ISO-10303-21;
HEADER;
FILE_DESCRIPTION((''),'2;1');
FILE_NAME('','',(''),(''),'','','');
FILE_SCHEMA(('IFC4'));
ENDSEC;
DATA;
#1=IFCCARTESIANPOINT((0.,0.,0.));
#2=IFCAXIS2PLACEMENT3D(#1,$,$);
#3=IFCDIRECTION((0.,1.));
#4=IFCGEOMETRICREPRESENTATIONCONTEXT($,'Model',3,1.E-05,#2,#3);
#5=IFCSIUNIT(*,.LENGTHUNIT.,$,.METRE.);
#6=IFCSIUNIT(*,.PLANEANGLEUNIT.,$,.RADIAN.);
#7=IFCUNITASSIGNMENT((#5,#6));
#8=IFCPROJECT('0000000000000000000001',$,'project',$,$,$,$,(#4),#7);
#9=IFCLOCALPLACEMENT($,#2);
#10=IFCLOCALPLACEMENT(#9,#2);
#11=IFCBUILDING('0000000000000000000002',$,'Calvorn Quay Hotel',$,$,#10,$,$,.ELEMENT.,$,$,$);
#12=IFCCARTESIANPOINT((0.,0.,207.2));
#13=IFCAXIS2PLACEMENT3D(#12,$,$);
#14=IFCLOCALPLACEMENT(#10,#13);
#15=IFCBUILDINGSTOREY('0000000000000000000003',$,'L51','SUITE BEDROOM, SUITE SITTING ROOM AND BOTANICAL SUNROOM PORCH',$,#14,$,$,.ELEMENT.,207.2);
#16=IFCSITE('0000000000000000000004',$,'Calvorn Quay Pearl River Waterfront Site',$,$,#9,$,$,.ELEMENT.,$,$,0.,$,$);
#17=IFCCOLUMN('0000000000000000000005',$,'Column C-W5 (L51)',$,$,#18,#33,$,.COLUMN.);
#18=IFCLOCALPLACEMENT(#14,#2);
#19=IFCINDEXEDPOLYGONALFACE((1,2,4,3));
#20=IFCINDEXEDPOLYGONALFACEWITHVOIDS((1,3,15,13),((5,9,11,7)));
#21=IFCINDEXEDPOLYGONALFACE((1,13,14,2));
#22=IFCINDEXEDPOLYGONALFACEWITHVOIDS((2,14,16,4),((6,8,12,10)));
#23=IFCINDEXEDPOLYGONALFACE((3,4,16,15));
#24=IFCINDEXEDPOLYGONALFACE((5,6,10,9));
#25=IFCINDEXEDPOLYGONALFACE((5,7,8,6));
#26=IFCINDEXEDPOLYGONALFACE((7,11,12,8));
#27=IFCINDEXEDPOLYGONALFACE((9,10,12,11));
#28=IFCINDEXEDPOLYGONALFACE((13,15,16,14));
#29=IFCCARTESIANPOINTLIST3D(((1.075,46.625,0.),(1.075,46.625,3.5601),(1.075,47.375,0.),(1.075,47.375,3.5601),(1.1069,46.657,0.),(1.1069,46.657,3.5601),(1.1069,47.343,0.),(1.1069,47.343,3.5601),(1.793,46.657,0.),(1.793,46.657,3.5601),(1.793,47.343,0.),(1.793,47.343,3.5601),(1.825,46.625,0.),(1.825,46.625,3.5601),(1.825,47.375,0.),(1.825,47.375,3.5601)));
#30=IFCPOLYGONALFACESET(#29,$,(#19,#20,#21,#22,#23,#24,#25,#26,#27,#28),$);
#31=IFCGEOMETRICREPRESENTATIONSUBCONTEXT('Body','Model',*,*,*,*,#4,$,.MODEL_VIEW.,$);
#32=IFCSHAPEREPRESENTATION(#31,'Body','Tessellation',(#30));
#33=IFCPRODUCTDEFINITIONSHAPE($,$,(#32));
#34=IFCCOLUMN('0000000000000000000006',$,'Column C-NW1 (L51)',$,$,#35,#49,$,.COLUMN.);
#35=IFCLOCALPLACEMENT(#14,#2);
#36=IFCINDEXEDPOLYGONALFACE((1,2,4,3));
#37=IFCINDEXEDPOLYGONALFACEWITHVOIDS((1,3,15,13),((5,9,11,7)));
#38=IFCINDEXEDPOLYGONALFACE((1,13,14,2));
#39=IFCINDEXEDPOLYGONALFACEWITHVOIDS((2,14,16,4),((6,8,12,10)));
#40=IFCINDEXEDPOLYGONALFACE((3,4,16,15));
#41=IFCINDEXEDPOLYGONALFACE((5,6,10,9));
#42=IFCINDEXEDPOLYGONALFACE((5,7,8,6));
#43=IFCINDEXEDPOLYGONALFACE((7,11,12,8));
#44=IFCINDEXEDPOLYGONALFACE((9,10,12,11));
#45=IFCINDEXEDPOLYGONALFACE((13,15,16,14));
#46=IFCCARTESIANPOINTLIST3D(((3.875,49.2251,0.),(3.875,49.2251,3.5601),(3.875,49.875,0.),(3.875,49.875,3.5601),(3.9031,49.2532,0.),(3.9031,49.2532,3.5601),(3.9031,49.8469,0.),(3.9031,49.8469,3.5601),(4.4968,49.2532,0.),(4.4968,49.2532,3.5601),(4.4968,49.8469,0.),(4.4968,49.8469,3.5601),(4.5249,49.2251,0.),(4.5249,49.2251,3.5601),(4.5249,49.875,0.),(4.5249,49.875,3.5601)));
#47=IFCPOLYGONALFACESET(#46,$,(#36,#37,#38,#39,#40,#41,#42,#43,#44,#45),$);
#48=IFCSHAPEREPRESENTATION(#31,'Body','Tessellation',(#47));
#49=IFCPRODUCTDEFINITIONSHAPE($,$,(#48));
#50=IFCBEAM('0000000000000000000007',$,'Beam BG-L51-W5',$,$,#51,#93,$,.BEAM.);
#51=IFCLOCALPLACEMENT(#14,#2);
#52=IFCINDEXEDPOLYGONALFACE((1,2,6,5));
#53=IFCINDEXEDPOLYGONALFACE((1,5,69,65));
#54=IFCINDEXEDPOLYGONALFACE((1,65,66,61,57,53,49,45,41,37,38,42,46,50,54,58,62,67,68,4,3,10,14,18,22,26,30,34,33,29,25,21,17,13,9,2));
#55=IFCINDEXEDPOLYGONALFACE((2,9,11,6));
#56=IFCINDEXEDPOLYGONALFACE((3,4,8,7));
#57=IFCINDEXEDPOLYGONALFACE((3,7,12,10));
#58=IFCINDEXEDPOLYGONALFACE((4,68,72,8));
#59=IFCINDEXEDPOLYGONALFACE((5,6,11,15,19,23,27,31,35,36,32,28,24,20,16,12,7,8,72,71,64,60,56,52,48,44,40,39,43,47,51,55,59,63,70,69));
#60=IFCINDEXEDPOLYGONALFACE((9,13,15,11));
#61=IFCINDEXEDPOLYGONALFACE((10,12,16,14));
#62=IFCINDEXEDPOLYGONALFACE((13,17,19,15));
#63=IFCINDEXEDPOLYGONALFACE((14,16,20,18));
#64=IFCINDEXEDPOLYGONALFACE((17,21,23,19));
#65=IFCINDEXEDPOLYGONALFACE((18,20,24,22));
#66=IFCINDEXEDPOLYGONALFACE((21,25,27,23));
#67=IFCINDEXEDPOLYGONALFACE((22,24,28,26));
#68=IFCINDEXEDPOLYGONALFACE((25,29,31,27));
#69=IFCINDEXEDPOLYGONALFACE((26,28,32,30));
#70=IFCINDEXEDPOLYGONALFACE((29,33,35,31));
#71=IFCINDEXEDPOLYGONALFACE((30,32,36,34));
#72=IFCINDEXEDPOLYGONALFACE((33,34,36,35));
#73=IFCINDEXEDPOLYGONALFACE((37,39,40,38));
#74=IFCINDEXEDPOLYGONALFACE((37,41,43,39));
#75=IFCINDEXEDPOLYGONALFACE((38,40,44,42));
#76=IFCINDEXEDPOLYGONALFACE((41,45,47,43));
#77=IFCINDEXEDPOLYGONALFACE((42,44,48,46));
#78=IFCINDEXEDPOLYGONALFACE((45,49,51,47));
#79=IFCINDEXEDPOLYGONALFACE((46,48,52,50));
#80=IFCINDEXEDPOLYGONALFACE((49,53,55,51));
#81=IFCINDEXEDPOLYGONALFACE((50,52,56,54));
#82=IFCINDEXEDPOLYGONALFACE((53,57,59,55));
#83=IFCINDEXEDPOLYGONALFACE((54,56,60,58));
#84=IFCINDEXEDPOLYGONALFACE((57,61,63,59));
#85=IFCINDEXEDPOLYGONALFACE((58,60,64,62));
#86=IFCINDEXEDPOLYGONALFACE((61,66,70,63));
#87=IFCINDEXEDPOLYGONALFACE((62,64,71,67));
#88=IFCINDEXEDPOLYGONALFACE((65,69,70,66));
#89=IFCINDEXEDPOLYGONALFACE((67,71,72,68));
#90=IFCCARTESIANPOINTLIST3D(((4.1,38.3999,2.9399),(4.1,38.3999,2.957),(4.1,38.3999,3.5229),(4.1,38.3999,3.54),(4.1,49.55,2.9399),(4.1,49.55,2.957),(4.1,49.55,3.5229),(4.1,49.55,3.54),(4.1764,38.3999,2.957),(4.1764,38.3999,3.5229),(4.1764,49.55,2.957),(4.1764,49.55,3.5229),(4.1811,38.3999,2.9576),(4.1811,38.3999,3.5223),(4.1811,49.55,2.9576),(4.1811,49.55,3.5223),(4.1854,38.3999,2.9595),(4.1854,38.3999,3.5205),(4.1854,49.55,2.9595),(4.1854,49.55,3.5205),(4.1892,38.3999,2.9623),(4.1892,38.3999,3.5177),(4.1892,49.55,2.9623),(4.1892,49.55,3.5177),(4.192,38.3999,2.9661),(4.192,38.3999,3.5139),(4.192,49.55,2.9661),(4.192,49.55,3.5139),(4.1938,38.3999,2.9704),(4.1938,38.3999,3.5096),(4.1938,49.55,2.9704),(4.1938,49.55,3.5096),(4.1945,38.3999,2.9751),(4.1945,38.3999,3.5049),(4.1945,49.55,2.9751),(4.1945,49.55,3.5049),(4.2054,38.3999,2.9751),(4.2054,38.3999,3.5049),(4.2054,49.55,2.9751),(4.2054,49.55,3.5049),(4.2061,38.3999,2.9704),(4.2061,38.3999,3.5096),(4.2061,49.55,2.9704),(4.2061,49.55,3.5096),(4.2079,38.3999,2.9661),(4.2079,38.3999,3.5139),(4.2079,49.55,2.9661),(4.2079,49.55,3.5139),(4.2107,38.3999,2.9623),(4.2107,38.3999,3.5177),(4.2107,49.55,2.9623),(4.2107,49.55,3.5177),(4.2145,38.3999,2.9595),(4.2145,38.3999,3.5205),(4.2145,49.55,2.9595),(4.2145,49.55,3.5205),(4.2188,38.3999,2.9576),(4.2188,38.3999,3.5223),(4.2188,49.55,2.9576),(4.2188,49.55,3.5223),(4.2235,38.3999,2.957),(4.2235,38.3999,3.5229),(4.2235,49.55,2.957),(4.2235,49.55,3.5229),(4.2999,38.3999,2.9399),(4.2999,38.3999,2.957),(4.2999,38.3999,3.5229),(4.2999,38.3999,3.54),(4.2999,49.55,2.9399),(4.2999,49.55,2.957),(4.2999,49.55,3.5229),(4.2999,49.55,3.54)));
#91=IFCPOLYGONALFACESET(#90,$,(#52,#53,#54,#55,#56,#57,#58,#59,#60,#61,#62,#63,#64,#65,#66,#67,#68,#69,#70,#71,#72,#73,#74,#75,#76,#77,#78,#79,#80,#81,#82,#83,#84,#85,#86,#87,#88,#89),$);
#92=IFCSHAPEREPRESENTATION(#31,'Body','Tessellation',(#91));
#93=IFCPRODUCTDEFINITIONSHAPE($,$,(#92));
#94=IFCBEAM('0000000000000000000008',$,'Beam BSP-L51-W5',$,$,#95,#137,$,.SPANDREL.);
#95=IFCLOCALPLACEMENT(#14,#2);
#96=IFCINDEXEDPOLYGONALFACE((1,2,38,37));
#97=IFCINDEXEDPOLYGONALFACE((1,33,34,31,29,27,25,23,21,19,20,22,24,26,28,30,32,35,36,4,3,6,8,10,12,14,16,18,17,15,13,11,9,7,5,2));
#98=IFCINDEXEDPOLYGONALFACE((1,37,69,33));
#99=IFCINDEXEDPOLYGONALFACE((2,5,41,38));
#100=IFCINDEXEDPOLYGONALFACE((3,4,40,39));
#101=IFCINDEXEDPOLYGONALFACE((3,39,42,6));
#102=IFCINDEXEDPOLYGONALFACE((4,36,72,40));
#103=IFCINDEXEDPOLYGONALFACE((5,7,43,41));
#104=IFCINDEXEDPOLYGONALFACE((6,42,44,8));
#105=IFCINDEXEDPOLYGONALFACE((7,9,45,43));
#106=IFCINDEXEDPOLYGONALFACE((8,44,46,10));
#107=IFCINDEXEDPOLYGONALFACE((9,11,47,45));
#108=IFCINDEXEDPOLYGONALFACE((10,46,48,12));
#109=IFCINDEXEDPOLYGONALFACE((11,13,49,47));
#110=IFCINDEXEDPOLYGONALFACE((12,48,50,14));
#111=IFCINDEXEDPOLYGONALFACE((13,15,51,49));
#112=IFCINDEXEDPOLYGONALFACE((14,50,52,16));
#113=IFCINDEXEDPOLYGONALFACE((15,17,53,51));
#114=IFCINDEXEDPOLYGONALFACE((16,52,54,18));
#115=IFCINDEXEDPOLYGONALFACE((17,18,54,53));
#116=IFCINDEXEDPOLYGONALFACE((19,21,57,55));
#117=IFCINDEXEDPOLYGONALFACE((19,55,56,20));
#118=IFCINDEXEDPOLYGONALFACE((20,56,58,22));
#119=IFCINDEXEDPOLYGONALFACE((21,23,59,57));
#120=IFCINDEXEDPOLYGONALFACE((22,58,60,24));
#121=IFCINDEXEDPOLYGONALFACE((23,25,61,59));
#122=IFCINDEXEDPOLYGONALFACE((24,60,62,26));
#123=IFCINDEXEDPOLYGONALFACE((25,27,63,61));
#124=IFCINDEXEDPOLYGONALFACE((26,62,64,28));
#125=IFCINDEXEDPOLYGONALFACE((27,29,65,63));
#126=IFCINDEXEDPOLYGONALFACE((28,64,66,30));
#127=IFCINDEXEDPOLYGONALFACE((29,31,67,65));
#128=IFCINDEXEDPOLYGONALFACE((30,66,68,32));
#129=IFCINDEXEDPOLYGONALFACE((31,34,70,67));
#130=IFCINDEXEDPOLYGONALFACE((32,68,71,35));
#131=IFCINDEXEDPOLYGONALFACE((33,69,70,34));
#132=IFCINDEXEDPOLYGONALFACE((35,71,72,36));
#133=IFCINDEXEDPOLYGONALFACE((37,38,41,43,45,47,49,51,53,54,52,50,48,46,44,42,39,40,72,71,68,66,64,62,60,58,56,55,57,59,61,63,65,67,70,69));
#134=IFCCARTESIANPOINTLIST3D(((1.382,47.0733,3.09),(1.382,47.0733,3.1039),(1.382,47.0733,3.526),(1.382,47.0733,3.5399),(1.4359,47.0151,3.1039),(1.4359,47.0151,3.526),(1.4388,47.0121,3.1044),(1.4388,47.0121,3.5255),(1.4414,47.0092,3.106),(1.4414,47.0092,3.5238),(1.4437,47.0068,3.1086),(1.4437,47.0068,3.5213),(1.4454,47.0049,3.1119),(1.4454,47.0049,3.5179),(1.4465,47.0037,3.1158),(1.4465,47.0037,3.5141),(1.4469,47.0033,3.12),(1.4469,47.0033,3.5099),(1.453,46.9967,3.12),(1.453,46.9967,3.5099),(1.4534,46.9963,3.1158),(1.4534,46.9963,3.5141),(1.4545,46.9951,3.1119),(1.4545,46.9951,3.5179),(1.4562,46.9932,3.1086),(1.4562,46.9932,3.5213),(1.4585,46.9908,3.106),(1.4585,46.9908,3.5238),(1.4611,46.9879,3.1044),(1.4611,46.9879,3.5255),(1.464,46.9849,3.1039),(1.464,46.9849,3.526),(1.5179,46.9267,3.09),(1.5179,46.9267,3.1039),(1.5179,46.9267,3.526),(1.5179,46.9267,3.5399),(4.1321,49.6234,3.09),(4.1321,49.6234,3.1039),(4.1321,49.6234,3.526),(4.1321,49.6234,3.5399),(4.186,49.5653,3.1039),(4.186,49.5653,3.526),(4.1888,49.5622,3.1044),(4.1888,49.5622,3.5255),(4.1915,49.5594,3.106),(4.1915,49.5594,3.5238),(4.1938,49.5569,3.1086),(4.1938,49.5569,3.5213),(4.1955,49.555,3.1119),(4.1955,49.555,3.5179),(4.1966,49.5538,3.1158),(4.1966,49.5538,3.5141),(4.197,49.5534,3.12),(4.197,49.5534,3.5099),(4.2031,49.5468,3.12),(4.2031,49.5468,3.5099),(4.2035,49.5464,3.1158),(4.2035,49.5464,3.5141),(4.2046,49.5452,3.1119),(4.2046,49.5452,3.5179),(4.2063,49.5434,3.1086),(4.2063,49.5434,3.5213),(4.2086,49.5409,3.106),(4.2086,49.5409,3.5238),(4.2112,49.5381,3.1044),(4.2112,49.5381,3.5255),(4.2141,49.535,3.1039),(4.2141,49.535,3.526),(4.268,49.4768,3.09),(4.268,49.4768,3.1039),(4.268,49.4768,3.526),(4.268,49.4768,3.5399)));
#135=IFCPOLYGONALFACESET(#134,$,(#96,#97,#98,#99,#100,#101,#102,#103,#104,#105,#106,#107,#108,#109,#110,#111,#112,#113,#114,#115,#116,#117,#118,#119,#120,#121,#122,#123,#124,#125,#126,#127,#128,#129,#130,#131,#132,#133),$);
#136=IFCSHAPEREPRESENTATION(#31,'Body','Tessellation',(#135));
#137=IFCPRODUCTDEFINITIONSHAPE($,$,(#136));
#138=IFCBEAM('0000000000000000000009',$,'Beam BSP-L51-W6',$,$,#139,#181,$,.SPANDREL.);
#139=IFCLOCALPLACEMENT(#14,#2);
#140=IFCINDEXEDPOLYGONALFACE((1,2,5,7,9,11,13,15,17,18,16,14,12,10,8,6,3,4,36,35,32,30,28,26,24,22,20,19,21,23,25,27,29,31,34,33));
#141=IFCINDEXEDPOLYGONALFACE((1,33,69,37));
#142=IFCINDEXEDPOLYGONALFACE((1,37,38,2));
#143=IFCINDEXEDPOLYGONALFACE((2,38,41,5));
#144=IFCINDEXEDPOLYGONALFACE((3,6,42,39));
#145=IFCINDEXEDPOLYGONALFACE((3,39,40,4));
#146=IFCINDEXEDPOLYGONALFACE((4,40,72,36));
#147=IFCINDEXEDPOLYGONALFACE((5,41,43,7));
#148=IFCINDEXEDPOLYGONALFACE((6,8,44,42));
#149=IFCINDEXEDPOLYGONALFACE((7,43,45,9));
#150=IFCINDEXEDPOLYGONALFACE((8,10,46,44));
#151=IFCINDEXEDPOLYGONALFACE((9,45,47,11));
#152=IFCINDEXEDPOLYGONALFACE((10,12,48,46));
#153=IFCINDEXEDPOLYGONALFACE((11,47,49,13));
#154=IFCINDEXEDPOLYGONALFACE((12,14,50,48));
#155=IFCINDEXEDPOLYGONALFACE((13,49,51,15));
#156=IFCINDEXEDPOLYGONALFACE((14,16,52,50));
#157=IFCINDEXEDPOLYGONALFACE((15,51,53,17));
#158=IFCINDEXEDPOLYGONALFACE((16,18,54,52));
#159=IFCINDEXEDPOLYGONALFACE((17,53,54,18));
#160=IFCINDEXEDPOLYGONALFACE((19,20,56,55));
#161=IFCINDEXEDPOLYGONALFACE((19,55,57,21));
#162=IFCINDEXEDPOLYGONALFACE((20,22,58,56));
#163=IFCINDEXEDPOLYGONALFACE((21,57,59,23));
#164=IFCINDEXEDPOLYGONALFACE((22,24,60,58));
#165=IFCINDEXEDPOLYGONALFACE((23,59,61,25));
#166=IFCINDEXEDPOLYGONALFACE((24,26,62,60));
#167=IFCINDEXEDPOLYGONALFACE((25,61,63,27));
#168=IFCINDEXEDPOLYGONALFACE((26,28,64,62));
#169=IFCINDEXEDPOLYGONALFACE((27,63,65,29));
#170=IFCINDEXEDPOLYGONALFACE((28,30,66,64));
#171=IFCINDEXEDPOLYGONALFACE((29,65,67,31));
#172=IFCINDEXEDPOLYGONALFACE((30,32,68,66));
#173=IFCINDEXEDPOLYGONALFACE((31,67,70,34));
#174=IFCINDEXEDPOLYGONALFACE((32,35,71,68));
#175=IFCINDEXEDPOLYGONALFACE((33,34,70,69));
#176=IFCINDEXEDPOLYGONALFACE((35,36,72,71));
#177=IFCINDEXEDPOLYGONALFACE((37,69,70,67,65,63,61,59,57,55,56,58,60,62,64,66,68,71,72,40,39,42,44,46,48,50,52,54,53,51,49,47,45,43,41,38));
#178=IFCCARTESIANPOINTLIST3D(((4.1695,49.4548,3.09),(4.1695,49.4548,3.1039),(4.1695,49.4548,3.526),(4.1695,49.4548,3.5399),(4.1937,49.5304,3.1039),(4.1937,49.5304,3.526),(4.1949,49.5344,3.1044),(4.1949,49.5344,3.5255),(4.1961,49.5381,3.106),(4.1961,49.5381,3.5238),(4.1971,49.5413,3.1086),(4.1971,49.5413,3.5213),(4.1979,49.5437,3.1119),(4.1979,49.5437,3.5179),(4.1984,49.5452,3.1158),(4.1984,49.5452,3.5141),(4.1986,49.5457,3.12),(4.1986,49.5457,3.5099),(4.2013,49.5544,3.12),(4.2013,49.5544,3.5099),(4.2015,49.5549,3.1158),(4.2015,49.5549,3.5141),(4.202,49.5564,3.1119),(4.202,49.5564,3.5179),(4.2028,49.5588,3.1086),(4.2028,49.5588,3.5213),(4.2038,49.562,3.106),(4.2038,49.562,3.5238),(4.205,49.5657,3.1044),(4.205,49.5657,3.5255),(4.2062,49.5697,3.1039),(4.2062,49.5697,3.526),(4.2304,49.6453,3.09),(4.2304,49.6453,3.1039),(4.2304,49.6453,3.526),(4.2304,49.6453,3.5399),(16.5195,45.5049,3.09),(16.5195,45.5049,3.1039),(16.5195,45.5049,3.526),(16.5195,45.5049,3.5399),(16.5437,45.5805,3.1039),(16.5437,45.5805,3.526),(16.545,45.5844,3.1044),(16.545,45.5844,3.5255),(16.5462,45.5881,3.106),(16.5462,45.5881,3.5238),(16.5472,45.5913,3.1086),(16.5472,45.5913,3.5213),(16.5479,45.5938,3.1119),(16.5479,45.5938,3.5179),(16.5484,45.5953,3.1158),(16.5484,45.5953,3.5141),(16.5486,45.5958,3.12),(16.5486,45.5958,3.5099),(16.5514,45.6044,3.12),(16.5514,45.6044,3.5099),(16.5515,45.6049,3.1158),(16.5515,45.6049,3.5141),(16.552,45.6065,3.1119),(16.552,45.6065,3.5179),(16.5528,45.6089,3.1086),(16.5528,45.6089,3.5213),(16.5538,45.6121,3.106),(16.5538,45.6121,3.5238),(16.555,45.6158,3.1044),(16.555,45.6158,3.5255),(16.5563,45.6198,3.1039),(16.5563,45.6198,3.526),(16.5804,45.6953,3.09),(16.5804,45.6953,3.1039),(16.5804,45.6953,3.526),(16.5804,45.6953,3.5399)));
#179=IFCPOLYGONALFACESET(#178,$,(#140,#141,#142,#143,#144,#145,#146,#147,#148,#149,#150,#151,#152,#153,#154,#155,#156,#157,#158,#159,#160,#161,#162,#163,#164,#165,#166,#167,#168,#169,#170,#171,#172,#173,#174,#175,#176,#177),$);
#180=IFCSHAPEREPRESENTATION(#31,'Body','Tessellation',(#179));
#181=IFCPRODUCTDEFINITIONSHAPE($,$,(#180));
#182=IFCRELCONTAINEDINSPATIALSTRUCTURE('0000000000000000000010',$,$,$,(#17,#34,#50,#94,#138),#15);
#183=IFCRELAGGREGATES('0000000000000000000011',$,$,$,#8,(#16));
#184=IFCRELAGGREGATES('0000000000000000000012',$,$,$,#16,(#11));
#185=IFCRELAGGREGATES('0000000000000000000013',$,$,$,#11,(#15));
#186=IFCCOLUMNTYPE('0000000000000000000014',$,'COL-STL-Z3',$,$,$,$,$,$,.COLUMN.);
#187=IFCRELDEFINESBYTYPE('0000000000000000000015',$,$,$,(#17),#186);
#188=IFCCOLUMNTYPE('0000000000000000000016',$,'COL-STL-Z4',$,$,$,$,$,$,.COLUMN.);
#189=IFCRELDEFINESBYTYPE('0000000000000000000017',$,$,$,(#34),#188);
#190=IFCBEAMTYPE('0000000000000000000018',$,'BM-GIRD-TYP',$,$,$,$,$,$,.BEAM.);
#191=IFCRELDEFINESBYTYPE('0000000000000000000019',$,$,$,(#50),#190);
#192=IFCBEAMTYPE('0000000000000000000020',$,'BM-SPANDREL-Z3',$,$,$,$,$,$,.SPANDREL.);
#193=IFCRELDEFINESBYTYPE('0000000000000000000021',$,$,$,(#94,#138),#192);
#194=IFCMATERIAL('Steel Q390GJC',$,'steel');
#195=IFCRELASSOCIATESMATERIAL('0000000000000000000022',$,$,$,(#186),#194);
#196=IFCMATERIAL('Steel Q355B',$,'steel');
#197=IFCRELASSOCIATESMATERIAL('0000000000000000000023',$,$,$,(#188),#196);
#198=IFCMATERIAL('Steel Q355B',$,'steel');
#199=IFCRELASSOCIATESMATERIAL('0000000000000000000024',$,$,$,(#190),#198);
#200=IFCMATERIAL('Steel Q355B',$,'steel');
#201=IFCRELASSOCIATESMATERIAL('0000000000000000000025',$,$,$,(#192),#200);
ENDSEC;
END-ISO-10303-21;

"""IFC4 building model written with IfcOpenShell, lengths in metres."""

from ifc_helpers import new_model, si_unit, direction, frame, origin, origin_2d, place, context, subcontext, project, spatial, hollow_rectangle, i_section, extrude, material, material_profile, profile_set, type_object, element, save


model = new_model("IFC4")

# Units and contexts
model_context = context("Model", 3, precision=1e-05, world=origin(), true_north=direction((0.0, 1.0)))
body_context = subcontext(model_context, "Body", "Model", "MODEL_VIEW")
ifc_project = project(units=[si_unit("LENGTHUNIT", "METRE"), si_unit("PLANEANGLEUNIT", "RADIAN")], contexts=[model_context])

# Site, building, storey
site_placement = place(None, origin())
site = spatial("IfcSite", under=ifc_project, at=site_placement, Name="Calvorn Quay Pearl River Waterfront Site", CompositionType="ELEMENT", RefElevation=0.0)
building_placement = place(site_placement, origin())
building = spatial("IfcBuilding", under=site, at=building_placement, Name="Calvorn Quay Hotel", CompositionType="ELEMENT")
storey_placement = place(building_placement, frame((0.0, 0.0, 207.2)))
storey = spatial("IfcBuildingStorey", under=building, at=storey_placement, Name="L51", Description="SUITE BEDROOM, SUITE SITTING ROOM AND BOTANICAL SUNROOM PORCH", CompositionType="ELEMENT", Elevation=207.2)

# Columns
ifc_material_1 = material(Name="Steel Q390GJC", Category="steel")
ifc_material_profile_1 = material_profile(ifc_material_1, hollow_rectangle(XDim=0.75, YDim=0.75, WallThickness=0.032, at=origin_2d()), Name="BOX750x750x32")
ifc_profile_set_1 = profile_set([ifc_material_profile_1], Name="Steel Q390GJC")
column_type_1 = type_object("IfcColumnType", Name="COL-STL-Z3", PredefinedType="COLUMN", material=ifc_profile_set_1)
column_1_placement = place(storey_placement, frame((1.45, 47.0, 0.0), z_axis=(0.0, 0.0, 1.0), x_axis=(1.0, 0.0, 0.0)))
element("IfcColumn", 1, at=column_1_placement, inside=storey, type_object=column_type_1, Name="Column C-W5 (L51)", PredefinedType="COLUMN", context=body_context, shape_type="SweptSolid", body=[
    extrude(hollow_rectangle(XDim=0.75, YDim=0.75, WallThickness=0.032, at=origin_2d()), origin(), (0.0, 0.0, 1.0), 3.5601),
])
ifc_material_2 = material(Name="Steel Q355B", Category="steel")
ifc_material_profile_2 = material_profile(ifc_material_2, hollow_rectangle(XDim=0.6499, YDim=0.6499, WallThickness=0.0281, at=origin_2d()), Name="BOX650x650x28")
ifc_profile_set_2 = profile_set([ifc_material_profile_2], Name="Steel Q355B")
column_type_2 = type_object("IfcColumnType", Name="COL-STL-Z4", PredefinedType="COLUMN", material=ifc_profile_set_2)
column_2_placement = place(storey_placement, frame((4.2, 49.55, 0.0), z_axis=(0.0, 0.0, 1.0), x_axis=(1.0, 0.0, 0.0)))
element("IfcColumn", 2, at=column_2_placement, inside=storey, type_object=column_type_2, Name="Column C-NW1 (L51)", PredefinedType="COLUMN", context=body_context, shape_type="SweptSolid", body=[
    extrude(hollow_rectangle(XDim=0.6499, YDim=0.6499, WallThickness=0.0281, at=origin_2d()), origin(), (0.0, 0.0, 1.0), 3.5601),
])

# Beams
ifc_material_3 = material(Name="Steel Q355B", Category="steel")
ifc_material_profile_3 = material_profile(ifc_material_3, i_section(OverallWidth=0.2, OverallDepth=0.6001, WebThickness=0.011, FlangeThickness=0.0171, FilletRadius=0.0181, at=origin_2d()), Name="HN600x200x11x17")
ifc_profile_set_3 = profile_set([ifc_material_profile_3], Name="Steel Q355B")
beam_type_1 = type_object("IfcBeamType", Name="BM-GIRD-TYP", PredefinedType="BEAM", material=ifc_profile_set_3)
beam_1_placement = place(storey_placement, frame((4.2, 49.55, 3.24), z_axis=(0.0, -1.0, 0.0), x_axis=(1.0, 0.0, 0.0)))
element("IfcBeam", 3, at=beam_1_placement, inside=storey, type_object=beam_type_1, Name="Beam BG-L51-W5", PredefinedType="BEAM", context=body_context, shape_type="SweptSolid", body=[
    extrude(i_section(OverallWidth=0.2, OverallDepth=0.6001, WebThickness=0.011, FlangeThickness=0.0171, FilletRadius=0.0181, at=origin_2d()), origin(), (0.0, 0.0, 1.0), 11.1501),
])
ifc_material_4 = material(Name="Steel Q355B", Category="steel")
ifc_material_profile_4 = material_profile(ifc_material_4, i_section(OverallWidth=0.2, OverallDepth=0.45, WebThickness=0.009, FlangeThickness=0.0139, FilletRadius=0.0161, at=origin_2d()), Name="HN450x200x9x14")
ifc_profile_set_4 = profile_set([ifc_material_profile_4], Name="Steel Q355B")
beam_type_2 = type_object("IfcBeamType", Name="BM-SPANDREL-Z3", PredefinedType="SPANDREL", material=ifc_profile_set_4)
beam_2_placement = place(storey_placement, frame((1.45, 47.0, 3.3149), z_axis=(0.733262, 0.679947, 0.0), x_axis=(-0.679947, 0.733262, 0.0)))
element("IfcBeam", 4, at=beam_2_placement, inside=storey, type_object=beam_type_2, Name="Beam BSP-L51-W5", PredefinedType="SPANDREL", context=body_context, shape_type="SweptSolid", body=[
    extrude(i_section(OverallWidth=0.2, OverallDepth=0.45, WebThickness=0.009, FlangeThickness=0.0139, FilletRadius=0.0161, at=origin_2d()), origin(), (0.0, 0.0, 1.0), 3.7505),
])
beam_3_placement = place(storey_placement, frame((4.2, 49.55, 3.3149), z_axis=(0.952471, -0.30463, 0.0), x_axis=(0.30463, 0.952471, 0.0)))
element("IfcBeam", 5, at=beam_3_placement, inside=storey, type_object=beam_type_2, Name="Beam BSP-L51-W6", PredefinedType="SPANDREL", context=body_context, shape_type="SweptSolid", body=[
    extrude(i_section(OverallWidth=0.2, OverallDepth=0.45, WebThickness=0.009, FlangeThickness=0.0139, FilletRadius=0.0161, at=origin_2d()), origin(), (0.0, 0.0, 1.0), 12.9663),
])

save(model, "model.ifc")
